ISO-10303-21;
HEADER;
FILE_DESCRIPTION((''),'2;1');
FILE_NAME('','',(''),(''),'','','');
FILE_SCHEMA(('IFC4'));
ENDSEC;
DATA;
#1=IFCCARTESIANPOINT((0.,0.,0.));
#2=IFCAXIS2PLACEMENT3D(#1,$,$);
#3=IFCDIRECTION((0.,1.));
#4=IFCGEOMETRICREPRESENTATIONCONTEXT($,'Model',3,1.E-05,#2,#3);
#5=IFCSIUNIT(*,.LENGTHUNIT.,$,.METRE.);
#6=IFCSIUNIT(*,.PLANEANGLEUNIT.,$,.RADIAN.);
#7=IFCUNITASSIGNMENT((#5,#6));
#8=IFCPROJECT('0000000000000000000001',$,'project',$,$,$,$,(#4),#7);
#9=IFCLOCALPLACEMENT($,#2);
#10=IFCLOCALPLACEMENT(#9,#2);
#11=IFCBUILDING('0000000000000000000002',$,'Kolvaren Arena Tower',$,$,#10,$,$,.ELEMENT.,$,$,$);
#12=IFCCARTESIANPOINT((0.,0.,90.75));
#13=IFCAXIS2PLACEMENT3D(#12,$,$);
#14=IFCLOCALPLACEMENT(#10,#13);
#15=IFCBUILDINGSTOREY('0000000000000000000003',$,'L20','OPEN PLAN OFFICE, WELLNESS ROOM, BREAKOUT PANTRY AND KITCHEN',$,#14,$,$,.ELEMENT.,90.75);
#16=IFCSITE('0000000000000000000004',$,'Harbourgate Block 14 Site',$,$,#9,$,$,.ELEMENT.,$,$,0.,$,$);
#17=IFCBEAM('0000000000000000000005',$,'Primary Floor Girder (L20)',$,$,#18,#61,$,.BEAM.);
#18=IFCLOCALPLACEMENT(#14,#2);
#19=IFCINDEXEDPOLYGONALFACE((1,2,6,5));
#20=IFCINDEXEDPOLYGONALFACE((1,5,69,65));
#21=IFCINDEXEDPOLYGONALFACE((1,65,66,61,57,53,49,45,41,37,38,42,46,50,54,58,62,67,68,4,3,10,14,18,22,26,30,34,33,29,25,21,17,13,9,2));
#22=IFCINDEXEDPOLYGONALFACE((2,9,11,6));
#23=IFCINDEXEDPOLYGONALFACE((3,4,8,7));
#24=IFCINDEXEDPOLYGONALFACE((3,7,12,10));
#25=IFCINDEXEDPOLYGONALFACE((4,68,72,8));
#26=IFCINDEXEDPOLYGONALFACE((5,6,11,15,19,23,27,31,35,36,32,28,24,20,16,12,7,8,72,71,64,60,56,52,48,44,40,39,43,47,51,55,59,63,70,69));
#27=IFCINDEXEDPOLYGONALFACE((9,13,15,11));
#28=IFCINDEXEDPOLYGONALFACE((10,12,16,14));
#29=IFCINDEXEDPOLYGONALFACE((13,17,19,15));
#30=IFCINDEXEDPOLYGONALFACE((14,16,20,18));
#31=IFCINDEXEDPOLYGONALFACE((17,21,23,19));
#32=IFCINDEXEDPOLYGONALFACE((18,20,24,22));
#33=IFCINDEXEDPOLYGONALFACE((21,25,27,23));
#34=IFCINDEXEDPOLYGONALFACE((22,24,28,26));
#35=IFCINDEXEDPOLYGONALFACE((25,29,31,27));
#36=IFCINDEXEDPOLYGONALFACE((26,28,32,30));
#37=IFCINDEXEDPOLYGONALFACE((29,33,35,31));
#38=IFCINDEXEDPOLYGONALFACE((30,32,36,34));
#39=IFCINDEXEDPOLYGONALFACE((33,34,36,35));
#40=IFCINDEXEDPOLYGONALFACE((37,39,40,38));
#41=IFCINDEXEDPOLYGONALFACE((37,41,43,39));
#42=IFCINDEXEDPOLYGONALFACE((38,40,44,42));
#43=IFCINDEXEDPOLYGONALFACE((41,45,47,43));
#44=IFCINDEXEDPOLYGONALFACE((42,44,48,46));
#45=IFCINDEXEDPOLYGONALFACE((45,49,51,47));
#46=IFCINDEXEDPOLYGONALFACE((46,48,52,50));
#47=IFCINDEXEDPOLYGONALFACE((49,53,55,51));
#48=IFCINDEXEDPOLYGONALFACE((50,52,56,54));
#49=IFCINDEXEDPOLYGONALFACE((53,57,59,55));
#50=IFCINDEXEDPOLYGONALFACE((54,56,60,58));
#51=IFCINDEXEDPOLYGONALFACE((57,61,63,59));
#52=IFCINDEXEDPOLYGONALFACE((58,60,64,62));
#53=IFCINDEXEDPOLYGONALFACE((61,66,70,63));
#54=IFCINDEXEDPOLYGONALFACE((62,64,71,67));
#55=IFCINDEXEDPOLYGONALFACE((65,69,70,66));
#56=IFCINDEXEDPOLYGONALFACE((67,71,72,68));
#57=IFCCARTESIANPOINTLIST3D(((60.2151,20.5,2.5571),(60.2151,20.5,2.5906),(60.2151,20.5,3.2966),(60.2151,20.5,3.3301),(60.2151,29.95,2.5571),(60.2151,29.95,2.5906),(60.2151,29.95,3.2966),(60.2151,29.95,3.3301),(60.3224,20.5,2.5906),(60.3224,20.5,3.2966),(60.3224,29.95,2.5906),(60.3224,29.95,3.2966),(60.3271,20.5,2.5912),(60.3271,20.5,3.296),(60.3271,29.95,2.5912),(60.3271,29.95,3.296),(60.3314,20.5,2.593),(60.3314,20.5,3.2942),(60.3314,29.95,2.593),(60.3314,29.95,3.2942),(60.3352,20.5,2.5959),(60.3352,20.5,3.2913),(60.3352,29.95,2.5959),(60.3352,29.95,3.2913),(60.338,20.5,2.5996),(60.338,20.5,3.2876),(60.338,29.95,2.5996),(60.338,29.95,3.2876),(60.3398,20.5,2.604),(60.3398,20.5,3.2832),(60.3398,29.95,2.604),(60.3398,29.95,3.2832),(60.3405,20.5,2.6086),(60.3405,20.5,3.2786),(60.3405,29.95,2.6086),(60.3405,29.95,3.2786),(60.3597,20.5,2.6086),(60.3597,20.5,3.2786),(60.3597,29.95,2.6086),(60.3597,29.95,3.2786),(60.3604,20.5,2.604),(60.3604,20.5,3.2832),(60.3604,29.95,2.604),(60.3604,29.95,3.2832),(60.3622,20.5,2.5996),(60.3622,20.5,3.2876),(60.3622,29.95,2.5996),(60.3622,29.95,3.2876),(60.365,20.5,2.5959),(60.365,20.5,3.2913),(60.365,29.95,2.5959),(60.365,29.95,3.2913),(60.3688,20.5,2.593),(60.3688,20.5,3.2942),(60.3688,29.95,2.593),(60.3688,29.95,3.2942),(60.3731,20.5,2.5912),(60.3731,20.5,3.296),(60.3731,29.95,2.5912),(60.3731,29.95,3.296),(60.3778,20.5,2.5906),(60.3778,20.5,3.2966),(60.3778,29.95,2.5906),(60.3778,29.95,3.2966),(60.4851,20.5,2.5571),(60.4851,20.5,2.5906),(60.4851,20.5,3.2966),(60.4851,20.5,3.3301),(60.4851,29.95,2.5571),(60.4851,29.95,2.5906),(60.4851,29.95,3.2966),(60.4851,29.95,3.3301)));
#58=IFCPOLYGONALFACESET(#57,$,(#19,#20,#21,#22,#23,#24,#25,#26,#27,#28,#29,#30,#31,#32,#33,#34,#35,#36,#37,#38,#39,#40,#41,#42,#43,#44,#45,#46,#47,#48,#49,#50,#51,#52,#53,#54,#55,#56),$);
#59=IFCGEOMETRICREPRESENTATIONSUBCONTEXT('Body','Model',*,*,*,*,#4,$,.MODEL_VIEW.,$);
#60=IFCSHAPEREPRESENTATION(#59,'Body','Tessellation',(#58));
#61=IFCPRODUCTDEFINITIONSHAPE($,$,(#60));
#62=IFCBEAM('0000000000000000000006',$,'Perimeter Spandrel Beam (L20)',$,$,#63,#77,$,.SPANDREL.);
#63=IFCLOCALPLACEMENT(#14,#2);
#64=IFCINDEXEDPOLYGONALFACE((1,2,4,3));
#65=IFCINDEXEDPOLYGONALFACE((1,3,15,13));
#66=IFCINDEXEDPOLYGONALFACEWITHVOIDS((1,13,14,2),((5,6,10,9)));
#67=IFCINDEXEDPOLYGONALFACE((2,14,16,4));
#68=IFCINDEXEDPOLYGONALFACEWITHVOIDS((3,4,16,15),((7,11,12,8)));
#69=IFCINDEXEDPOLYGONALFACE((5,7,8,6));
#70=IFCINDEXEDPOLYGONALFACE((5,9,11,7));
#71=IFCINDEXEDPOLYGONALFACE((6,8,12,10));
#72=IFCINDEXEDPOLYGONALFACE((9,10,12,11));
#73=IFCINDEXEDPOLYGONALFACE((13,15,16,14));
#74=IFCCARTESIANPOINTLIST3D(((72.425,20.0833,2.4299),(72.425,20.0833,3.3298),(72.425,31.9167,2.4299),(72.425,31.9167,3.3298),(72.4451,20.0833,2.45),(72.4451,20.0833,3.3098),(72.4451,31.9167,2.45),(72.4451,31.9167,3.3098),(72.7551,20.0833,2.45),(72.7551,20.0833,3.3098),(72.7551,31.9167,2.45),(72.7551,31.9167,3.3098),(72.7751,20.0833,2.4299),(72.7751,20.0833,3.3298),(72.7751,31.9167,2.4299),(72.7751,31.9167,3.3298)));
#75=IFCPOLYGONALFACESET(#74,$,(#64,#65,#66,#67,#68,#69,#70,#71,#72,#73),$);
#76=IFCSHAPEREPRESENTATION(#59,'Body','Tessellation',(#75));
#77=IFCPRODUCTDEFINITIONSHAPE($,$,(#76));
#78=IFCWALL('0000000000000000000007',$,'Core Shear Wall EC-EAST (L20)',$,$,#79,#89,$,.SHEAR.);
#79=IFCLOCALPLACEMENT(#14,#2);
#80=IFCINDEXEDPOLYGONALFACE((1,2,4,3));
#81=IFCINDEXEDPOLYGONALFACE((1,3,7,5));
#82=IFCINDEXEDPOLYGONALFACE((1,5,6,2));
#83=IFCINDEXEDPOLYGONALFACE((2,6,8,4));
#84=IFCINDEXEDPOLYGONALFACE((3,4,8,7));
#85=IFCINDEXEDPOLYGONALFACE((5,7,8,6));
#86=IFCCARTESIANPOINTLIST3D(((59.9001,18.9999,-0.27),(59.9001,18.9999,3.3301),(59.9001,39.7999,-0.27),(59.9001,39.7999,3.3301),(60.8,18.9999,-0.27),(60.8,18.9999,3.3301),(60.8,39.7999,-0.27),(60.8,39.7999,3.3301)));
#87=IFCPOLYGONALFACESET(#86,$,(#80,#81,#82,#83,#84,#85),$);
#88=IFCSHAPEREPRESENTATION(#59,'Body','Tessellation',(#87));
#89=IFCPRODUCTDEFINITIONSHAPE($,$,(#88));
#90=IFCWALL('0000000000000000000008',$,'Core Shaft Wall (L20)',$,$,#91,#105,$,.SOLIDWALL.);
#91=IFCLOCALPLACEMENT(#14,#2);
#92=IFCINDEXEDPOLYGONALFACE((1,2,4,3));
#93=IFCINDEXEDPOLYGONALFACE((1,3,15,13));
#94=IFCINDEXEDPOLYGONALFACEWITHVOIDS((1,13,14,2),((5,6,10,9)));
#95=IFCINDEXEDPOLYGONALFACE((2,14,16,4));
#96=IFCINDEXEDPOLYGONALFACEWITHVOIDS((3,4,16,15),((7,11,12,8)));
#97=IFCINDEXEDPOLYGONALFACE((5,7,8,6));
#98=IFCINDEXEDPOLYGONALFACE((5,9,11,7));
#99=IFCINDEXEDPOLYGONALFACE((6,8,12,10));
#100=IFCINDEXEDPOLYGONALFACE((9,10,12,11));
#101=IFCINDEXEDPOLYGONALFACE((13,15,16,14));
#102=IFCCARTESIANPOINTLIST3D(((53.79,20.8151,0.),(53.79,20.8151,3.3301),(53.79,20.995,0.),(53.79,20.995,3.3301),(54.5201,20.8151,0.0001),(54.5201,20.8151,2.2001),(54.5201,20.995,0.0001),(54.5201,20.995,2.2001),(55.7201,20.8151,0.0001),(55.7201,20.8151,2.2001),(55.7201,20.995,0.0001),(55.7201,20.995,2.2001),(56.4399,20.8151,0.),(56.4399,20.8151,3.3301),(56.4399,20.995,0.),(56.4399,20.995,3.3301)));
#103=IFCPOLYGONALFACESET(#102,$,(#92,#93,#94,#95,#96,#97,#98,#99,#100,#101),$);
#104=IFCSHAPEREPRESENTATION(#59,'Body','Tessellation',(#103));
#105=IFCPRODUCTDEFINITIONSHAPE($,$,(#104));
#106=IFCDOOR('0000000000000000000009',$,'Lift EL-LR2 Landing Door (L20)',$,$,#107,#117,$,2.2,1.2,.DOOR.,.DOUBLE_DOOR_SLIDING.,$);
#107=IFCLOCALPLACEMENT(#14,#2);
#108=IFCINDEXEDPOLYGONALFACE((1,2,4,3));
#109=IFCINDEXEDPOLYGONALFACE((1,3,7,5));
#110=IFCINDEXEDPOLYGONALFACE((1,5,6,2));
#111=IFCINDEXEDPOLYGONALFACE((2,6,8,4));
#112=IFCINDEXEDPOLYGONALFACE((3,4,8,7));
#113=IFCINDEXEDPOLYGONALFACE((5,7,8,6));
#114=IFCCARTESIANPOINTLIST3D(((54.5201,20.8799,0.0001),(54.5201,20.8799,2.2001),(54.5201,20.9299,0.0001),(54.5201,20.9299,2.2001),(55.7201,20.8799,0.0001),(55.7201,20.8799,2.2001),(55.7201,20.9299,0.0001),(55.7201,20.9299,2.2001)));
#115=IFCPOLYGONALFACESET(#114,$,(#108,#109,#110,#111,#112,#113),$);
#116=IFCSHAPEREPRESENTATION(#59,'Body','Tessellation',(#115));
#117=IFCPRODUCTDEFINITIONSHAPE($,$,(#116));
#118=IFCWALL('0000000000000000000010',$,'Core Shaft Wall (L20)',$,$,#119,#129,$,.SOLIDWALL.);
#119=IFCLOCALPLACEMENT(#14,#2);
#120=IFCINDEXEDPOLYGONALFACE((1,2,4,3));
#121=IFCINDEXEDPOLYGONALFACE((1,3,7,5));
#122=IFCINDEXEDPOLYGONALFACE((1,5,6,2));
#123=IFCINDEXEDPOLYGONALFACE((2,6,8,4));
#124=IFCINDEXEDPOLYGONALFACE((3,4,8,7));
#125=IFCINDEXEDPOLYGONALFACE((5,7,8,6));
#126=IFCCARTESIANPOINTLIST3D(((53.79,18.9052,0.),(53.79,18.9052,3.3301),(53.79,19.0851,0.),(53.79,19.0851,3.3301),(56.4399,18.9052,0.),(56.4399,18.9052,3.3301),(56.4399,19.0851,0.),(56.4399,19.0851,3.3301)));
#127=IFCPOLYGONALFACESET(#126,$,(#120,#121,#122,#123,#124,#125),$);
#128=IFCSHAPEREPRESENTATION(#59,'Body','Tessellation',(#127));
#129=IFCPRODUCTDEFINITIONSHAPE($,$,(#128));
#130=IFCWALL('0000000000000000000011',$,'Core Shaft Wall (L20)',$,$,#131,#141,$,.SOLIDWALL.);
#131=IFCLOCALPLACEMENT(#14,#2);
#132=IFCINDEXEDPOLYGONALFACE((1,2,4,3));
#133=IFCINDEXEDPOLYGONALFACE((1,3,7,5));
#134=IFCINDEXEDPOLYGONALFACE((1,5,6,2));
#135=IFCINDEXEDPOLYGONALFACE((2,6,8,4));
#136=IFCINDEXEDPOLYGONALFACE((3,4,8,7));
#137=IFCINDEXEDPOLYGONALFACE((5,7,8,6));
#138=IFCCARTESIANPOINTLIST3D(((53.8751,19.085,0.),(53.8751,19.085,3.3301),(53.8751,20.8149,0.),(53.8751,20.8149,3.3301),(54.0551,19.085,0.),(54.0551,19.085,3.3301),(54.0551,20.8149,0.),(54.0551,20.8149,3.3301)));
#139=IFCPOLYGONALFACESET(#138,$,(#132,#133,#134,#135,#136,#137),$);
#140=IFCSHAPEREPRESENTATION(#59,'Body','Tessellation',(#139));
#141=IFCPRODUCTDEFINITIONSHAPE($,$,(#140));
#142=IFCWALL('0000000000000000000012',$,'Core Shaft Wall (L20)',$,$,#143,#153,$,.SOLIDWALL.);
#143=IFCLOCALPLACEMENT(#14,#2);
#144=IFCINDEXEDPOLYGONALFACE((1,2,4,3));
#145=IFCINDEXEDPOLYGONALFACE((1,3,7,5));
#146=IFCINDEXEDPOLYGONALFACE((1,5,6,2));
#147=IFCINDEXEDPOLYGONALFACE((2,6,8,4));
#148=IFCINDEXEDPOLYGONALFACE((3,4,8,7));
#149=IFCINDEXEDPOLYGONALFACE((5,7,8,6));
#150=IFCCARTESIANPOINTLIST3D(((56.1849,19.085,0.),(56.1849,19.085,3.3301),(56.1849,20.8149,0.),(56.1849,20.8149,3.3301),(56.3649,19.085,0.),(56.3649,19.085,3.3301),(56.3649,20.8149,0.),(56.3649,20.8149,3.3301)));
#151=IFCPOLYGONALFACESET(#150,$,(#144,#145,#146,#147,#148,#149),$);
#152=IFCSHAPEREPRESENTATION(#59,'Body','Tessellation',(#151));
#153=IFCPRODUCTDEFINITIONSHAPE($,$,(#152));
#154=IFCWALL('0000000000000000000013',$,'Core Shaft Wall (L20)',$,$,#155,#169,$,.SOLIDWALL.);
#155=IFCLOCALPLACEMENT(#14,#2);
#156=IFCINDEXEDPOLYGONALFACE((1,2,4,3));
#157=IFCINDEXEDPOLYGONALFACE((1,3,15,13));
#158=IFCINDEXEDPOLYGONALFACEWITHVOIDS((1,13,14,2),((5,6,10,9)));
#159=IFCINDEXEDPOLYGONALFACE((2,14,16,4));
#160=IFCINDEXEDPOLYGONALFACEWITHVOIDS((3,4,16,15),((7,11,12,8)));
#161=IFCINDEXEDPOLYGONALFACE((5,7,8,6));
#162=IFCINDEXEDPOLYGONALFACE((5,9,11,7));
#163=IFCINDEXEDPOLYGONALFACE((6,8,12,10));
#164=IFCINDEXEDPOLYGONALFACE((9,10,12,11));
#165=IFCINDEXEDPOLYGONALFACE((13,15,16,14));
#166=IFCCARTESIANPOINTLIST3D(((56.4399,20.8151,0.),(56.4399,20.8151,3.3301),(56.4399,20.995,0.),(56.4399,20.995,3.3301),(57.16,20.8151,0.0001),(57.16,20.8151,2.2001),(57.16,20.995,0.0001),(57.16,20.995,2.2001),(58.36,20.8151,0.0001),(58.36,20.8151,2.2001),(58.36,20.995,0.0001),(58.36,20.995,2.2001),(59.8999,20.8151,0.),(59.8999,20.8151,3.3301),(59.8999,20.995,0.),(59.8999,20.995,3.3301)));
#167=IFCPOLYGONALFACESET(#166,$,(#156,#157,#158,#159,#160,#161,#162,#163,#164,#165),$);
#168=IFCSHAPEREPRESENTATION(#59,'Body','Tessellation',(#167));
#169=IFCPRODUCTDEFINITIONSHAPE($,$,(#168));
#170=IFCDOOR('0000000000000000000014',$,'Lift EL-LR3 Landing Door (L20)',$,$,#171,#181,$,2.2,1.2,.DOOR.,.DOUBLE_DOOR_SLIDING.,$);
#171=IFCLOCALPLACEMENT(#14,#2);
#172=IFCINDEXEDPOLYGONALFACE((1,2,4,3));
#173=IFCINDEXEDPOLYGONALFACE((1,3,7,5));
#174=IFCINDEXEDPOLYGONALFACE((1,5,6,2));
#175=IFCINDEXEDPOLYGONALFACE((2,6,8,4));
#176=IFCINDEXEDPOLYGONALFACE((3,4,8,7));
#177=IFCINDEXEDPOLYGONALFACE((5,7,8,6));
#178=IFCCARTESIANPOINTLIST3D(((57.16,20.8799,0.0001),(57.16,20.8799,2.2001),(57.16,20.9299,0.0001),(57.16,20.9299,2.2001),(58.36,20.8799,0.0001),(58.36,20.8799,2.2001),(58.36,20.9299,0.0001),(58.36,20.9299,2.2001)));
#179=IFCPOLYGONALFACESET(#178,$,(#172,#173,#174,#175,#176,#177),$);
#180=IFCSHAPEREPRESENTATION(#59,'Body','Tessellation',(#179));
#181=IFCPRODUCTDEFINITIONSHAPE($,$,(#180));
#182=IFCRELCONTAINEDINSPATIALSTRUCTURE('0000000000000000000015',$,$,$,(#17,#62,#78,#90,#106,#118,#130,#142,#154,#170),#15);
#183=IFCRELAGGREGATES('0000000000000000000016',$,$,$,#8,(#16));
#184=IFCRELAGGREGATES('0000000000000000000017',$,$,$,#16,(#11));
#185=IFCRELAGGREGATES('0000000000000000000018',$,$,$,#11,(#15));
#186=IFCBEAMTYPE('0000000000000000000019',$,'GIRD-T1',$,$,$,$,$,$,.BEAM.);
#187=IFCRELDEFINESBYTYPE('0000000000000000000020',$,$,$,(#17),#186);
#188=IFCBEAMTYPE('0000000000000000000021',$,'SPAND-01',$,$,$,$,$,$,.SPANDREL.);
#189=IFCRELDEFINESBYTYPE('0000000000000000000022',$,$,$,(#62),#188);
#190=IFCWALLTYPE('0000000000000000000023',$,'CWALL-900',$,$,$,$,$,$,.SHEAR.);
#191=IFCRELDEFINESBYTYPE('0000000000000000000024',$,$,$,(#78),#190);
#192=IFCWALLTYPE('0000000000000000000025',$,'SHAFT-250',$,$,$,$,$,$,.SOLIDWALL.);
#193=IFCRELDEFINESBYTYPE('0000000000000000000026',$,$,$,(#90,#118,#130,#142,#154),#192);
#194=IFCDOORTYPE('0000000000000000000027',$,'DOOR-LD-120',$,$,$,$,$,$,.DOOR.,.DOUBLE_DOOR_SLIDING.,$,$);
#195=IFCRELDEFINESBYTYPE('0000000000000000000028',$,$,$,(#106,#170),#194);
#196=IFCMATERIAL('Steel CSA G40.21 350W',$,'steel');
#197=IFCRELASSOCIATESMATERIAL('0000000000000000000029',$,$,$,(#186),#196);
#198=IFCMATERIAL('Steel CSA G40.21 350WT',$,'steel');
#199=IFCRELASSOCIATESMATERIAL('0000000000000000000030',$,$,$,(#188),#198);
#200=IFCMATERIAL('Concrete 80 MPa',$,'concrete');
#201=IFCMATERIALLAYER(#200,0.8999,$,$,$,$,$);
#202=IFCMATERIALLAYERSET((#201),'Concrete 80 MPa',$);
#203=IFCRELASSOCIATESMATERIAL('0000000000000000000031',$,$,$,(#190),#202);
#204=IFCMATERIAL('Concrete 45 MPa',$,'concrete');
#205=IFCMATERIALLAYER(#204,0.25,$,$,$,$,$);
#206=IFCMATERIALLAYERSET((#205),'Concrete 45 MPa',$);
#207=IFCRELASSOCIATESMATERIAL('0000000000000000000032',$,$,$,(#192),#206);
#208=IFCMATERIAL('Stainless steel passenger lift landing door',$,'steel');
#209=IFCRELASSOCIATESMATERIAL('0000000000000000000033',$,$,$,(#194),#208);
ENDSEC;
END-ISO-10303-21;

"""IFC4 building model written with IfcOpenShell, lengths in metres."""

from ifc_helpers import new_model, si_unit, direction, frame, frame_2d, origin, origin_2d, place, context, subcontext, project, spatial, rectangle, hollow_rectangle, i_section, extrude, material, layer, layer_set, material_profile, profile_set, type_object, element, fill, save


model = new_model("IFC4")

# Units and contexts
model_context = context("Model", 3, precision=1e-05, world=origin(), true_north=direction((0.0, 1.0)))
body_context = subcontext(model_context, "Body", "Model", "MODEL_VIEW")
ifc_project = project(units=[si_unit("LENGTHUNIT", "METRE"), si_unit("PLANEANGLEUNIT", "RADIAN")], contexts=[model_context])

# Site, building, storey
site_placement = place(None, origin())
site = spatial("IfcSite", under=ifc_project, at=site_placement, Name="Harbourgate Block 14 Site", CompositionType="ELEMENT", RefElevation=0.0)
building_placement = place(site_placement, origin())
building = spatial("IfcBuilding", under=site, at=building_placement, Name="Kolvaren Arena Tower", CompositionType="ELEMENT")
storey_placement = place(building_placement, frame((0.0, 0.0, 90.75)))
storey = spatial("IfcBuildingStorey", under=building, at=storey_placement, Name="L20", Description="OPEN PLAN OFFICE, WELLNESS ROOM, BREAKOUT PANTRY AND KITCHEN", CompositionType="ELEMENT", Elevation=90.75)

# Beams
ifc_material_1 = material(Name="Steel CSA G40.21 350W", Category="steel")
ifc_material_profile_1 = material_profile(ifc_material_1, i_section(OverallWidth=0.27, OverallDepth=0.7729, WebThickness=0.0193, FlangeThickness=0.0334, FilletRadius=0.0181, at=origin_2d()), Name="W760x257")
ifc_profile_set_1 = profile_set([ifc_material_profile_1], Name="Steel CSA G40.21 350W")
beam_type_1 = type_object("IfcBeamType", Name="GIRD-T1", PredefinedType="BEAM", material=ifc_profile_set_1)
beam_1_placement = place(storey_placement, frame((60.3501, 20.5, 2.9436), z_axis=(0.0, 1.0, 0.0), x_axis=(-1.0, 0.0, 0.0)))
element("IfcBeam", 1, at=beam_1_placement, inside=storey, type_object=beam_type_1, Name="Primary Floor Girder (L20)", PredefinedType="BEAM", context=body_context, shape_type="SweptSolid", body=[
    extrude(i_section(OverallWidth=0.27, OverallDepth=0.7729, WebThickness=0.0193, FlangeThickness=0.0334, FilletRadius=0.0181, at=origin_2d()), origin(), (0.0, 0.0, 1.0), 9.45),
])
ifc_material_2 = material(Name="Steel CSA G40.21 350WT", Category="steel")
ifc_material_profile_2 = material_profile(ifc_material_2, hollow_rectangle(XDim=0.3501, YDim=0.8999, WallThickness=0.02, at=origin_2d()), Name="HSS 900x350x20")
ifc_profile_set_2 = profile_set([ifc_material_profile_2], Name="Steel CSA G40.21 350WT")
beam_type_2 = type_object("IfcBeamType", Name="SPAND-01", PredefinedType="SPANDREL", material=ifc_profile_set_2)
beam_2_placement = place(storey_placement, frame((72.6001, 20.0833, 2.8799), z_axis=(0.0, 1.0, 0.0), x_axis=(-1.0, 0.0, 0.0)))
element("IfcBeam", 2, at=beam_2_placement, inside=storey, type_object=beam_type_2, Name="Perimeter Spandrel Beam (L20)", PredefinedType="SPANDREL", context=body_context, shape_type="SweptSolid", body=[
    extrude(hollow_rectangle(XDim=0.3501, YDim=0.8999, WallThickness=0.02, at=origin_2d()), origin(), (0.0, 0.0, 1.0), 11.8335),
])

# Wall
ifc_material_3 = material(Name="Concrete 80 MPa", Category="concrete")
ifc_layer_1 = layer(ifc_material_3, 0.8999)
ifc_layer_set_1 = layer_set([ifc_layer_1], Name="Concrete 80 MPa")
wall_type_1 = type_object("IfcWallType", Name="CWALL-900", PredefinedType="SHEAR", material=ifc_layer_set_1)
wall_1_placement = place(storey_placement, frame((60.3501, 19.0, -0.27), z_axis=(0.0, 0.0, 1.0), x_axis=(0.0, 1.0, 0.0)))
element("IfcWall", 3, at=wall_1_placement, inside=storey, type_object=wall_type_1, Name="Core Shear Wall EC-EAST (L20)", PredefinedType="SHEAR", context=body_context, shape_type="SweptSolid", body=[
    extrude(rectangle(XDim=20.8, YDim=0.8999, at=frame_2d((10.3999, 0.0))), origin(), (0.0, 0.0, 1.0), 3.6001),
])

# Wall, opening, door
ifc_material_4 = material(Name="Concrete 45 MPa", Category="concrete")
ifc_layer_2 = layer(ifc_material_4, 0.25)
ifc_layer_set_2 = layer_set([ifc_layer_2], Name="Concrete 45 MPa")
wall_type_2 = type_object("IfcWallType", Name="SHAFT-250", PredefinedType="SOLIDWALL", material=ifc_layer_set_2)
wall_2_placement = place(storey_placement, frame((53.79, 20.905, 0.0), z_axis=(0.0, 0.0, 1.0), x_axis=(1.0, 0.0, 0.0)))
wall_2 = element("IfcWall", 4, at=wall_2_placement, inside=storey, type_object=wall_type_2, Name="Core Shaft Wall (L20)", PredefinedType="SOLIDWALL", context=body_context, shape_type="SweptSolid", body=[
    extrude(rectangle(XDim=2.6499, YDim=0.1799, at=frame_2d((1.325, 0.0))), origin(), (0.0, 0.0, 1.0), 3.3301),
])
opening_1_placement = place(wall_2_placement, frame((0.73, 0.0, 0.0)))
opening_1 = element("IfcOpeningElement", 5, at=opening_1_placement, cuts=wall_2, PredefinedType="OPENING", context=body_context, shape_type="SweptSolid", body=[
    extrude(rectangle(XDim=1.2, YDim=2.2, at=frame_2d((0.6001, 1.1001))), frame((0.0, 0.0999, 0.0), z_axis=(0.0, -1.0, 0.0), x_axis=(1.0, 0.0, 0.0)), (0.0, 0.0, 1.0), 0.2),
])
ifc_material_5 = material(Name="Stainless steel passenger lift landing door", Category="steel")
door_type = type_object("IfcDoorType", Name="DOOR-LD-120", OperationType="DOUBLE_DOOR_SLIDING", PredefinedType="DOOR", material=ifc_material_5)
door_1_placement = place(opening_1_placement, origin())
door_1 = element("IfcDoor", 6, at=door_1_placement, inside=storey, type_object=door_type, Name="Lift EL-LR2 Landing Door (L20)", OperationType="DOUBLE_DOOR_SLIDING", OverallHeight=2.2, OverallWidth=1.2, PredefinedType="DOOR", context=body_context, shape_type="SweptSolid", body=[
    extrude(rectangle(XDim=1.2, YDim=2.2, at=frame_2d((0.6001, 1.1001))), frame((0.0, 0.0249, 0.0), z_axis=(0.0, -1.0, 0.0), x_axis=(1.0, 0.0, 0.0)), (0.0, 0.0, 1.0), 0.05),
])
fill(opening_1, door_1)

# Walls
wall_3_placement = place(storey_placement, frame((53.79, 18.9951, 0.0), z_axis=(0.0, 0.0, 1.0), x_axis=(1.0, 0.0, 0.0)))
element("IfcWall", 7, at=wall_3_placement, inside=storey, type_object=wall_type_2, Name="Core Shaft Wall (L20)", PredefinedType="SOLIDWALL", context=body_context, shape_type="SweptSolid", body=[
    extrude(rectangle(XDim=2.6499, YDim=0.1799, at=frame_2d((1.325, 0.0))), origin(), (0.0, 0.0, 1.0), 3.3301),
])
for number, where, z_axis, x_axis, name in (
    (8, (53.9651, 19.085, 0.0), (0.0, 0.0, 1.0), (0.0, 1.0, 0.0), "Core Shaft Wall (L20)"),
    (9, (56.2749, 19.085, 0.0), (0.0, 0.0, 1.0), (0.0, 1.0, 0.0), "Core Shaft Wall (L20)"),
):
    element("IfcWall", number, at=place(storey_placement, frame(where, z_axis=z_axis, x_axis=x_axis)), inside=storey, type_object=wall_type_2, Name=name, PredefinedType="SOLIDWALL", context=body_context, shape_type="SweptSolid", body=[
        extrude(rectangle(XDim=1.73, YDim=0.1799, at=frame_2d((0.865, 0.0))), origin(), (0.0, 0.0, 1.0), 3.3301),
    ])

# Wall, opening, door
wall_4_placement = place(storey_placement, frame((56.4399, 20.905, 0.0), z_axis=(0.0, 0.0, 1.0), x_axis=(1.0, 0.0, 0.0)))
wall_4 = element("IfcWall", 10, at=wall_4_placement, inside=storey, type_object=wall_type_2, Name="Core Shaft Wall (L20)", PredefinedType="SOLIDWALL", context=body_context, shape_type="SweptSolid", body=[
    extrude(rectangle(XDim=3.46, YDim=0.1799, at=frame_2d((1.73, 0.0))), origin(), (0.0, 0.0, 1.0), 3.3301),
])
opening_2_placement = place(wall_4_placement, frame((0.72, 0.0, 0.0)))
opening_2 = element("IfcOpeningElement", 11, at=opening_2_placement, cuts=wall_4, PredefinedType="OPENING", context=body_context, shape_type="SweptSolid", body=[
    extrude(rectangle(XDim=1.2, YDim=2.2, at=frame_2d((0.6001, 1.1001))), frame((0.0, 0.0999, 0.0), z_axis=(0.0, -1.0, 0.0), x_axis=(1.0, 0.0, 0.0)), (0.0, 0.0, 1.0), 0.2),
])
door_2_placement = place(opening_2_placement, origin())
door_2 = element("IfcDoor", 12, at=door_2_placement, inside=storey, type_object=door_type, Name="Lift EL-LR3 Landing Door (L20)", OperationType="DOUBLE_DOOR_SLIDING", OverallHeight=2.2, OverallWidth=1.2, PredefinedType="DOOR", context=body_context, shape_type="SweptSolid", body=[
    extrude(rectangle(XDim=1.2, YDim=2.2, at=frame_2d((0.6001, 1.1001))), frame((0.0, 0.0249, 0.0), z_axis=(0.0, -1.0, 0.0), x_axis=(1.0, 0.0, 0.0)), (0.0, 0.0, 1.0), 0.05),
])
fill(opening_2, door_2)

save(model, "model.ifc")
